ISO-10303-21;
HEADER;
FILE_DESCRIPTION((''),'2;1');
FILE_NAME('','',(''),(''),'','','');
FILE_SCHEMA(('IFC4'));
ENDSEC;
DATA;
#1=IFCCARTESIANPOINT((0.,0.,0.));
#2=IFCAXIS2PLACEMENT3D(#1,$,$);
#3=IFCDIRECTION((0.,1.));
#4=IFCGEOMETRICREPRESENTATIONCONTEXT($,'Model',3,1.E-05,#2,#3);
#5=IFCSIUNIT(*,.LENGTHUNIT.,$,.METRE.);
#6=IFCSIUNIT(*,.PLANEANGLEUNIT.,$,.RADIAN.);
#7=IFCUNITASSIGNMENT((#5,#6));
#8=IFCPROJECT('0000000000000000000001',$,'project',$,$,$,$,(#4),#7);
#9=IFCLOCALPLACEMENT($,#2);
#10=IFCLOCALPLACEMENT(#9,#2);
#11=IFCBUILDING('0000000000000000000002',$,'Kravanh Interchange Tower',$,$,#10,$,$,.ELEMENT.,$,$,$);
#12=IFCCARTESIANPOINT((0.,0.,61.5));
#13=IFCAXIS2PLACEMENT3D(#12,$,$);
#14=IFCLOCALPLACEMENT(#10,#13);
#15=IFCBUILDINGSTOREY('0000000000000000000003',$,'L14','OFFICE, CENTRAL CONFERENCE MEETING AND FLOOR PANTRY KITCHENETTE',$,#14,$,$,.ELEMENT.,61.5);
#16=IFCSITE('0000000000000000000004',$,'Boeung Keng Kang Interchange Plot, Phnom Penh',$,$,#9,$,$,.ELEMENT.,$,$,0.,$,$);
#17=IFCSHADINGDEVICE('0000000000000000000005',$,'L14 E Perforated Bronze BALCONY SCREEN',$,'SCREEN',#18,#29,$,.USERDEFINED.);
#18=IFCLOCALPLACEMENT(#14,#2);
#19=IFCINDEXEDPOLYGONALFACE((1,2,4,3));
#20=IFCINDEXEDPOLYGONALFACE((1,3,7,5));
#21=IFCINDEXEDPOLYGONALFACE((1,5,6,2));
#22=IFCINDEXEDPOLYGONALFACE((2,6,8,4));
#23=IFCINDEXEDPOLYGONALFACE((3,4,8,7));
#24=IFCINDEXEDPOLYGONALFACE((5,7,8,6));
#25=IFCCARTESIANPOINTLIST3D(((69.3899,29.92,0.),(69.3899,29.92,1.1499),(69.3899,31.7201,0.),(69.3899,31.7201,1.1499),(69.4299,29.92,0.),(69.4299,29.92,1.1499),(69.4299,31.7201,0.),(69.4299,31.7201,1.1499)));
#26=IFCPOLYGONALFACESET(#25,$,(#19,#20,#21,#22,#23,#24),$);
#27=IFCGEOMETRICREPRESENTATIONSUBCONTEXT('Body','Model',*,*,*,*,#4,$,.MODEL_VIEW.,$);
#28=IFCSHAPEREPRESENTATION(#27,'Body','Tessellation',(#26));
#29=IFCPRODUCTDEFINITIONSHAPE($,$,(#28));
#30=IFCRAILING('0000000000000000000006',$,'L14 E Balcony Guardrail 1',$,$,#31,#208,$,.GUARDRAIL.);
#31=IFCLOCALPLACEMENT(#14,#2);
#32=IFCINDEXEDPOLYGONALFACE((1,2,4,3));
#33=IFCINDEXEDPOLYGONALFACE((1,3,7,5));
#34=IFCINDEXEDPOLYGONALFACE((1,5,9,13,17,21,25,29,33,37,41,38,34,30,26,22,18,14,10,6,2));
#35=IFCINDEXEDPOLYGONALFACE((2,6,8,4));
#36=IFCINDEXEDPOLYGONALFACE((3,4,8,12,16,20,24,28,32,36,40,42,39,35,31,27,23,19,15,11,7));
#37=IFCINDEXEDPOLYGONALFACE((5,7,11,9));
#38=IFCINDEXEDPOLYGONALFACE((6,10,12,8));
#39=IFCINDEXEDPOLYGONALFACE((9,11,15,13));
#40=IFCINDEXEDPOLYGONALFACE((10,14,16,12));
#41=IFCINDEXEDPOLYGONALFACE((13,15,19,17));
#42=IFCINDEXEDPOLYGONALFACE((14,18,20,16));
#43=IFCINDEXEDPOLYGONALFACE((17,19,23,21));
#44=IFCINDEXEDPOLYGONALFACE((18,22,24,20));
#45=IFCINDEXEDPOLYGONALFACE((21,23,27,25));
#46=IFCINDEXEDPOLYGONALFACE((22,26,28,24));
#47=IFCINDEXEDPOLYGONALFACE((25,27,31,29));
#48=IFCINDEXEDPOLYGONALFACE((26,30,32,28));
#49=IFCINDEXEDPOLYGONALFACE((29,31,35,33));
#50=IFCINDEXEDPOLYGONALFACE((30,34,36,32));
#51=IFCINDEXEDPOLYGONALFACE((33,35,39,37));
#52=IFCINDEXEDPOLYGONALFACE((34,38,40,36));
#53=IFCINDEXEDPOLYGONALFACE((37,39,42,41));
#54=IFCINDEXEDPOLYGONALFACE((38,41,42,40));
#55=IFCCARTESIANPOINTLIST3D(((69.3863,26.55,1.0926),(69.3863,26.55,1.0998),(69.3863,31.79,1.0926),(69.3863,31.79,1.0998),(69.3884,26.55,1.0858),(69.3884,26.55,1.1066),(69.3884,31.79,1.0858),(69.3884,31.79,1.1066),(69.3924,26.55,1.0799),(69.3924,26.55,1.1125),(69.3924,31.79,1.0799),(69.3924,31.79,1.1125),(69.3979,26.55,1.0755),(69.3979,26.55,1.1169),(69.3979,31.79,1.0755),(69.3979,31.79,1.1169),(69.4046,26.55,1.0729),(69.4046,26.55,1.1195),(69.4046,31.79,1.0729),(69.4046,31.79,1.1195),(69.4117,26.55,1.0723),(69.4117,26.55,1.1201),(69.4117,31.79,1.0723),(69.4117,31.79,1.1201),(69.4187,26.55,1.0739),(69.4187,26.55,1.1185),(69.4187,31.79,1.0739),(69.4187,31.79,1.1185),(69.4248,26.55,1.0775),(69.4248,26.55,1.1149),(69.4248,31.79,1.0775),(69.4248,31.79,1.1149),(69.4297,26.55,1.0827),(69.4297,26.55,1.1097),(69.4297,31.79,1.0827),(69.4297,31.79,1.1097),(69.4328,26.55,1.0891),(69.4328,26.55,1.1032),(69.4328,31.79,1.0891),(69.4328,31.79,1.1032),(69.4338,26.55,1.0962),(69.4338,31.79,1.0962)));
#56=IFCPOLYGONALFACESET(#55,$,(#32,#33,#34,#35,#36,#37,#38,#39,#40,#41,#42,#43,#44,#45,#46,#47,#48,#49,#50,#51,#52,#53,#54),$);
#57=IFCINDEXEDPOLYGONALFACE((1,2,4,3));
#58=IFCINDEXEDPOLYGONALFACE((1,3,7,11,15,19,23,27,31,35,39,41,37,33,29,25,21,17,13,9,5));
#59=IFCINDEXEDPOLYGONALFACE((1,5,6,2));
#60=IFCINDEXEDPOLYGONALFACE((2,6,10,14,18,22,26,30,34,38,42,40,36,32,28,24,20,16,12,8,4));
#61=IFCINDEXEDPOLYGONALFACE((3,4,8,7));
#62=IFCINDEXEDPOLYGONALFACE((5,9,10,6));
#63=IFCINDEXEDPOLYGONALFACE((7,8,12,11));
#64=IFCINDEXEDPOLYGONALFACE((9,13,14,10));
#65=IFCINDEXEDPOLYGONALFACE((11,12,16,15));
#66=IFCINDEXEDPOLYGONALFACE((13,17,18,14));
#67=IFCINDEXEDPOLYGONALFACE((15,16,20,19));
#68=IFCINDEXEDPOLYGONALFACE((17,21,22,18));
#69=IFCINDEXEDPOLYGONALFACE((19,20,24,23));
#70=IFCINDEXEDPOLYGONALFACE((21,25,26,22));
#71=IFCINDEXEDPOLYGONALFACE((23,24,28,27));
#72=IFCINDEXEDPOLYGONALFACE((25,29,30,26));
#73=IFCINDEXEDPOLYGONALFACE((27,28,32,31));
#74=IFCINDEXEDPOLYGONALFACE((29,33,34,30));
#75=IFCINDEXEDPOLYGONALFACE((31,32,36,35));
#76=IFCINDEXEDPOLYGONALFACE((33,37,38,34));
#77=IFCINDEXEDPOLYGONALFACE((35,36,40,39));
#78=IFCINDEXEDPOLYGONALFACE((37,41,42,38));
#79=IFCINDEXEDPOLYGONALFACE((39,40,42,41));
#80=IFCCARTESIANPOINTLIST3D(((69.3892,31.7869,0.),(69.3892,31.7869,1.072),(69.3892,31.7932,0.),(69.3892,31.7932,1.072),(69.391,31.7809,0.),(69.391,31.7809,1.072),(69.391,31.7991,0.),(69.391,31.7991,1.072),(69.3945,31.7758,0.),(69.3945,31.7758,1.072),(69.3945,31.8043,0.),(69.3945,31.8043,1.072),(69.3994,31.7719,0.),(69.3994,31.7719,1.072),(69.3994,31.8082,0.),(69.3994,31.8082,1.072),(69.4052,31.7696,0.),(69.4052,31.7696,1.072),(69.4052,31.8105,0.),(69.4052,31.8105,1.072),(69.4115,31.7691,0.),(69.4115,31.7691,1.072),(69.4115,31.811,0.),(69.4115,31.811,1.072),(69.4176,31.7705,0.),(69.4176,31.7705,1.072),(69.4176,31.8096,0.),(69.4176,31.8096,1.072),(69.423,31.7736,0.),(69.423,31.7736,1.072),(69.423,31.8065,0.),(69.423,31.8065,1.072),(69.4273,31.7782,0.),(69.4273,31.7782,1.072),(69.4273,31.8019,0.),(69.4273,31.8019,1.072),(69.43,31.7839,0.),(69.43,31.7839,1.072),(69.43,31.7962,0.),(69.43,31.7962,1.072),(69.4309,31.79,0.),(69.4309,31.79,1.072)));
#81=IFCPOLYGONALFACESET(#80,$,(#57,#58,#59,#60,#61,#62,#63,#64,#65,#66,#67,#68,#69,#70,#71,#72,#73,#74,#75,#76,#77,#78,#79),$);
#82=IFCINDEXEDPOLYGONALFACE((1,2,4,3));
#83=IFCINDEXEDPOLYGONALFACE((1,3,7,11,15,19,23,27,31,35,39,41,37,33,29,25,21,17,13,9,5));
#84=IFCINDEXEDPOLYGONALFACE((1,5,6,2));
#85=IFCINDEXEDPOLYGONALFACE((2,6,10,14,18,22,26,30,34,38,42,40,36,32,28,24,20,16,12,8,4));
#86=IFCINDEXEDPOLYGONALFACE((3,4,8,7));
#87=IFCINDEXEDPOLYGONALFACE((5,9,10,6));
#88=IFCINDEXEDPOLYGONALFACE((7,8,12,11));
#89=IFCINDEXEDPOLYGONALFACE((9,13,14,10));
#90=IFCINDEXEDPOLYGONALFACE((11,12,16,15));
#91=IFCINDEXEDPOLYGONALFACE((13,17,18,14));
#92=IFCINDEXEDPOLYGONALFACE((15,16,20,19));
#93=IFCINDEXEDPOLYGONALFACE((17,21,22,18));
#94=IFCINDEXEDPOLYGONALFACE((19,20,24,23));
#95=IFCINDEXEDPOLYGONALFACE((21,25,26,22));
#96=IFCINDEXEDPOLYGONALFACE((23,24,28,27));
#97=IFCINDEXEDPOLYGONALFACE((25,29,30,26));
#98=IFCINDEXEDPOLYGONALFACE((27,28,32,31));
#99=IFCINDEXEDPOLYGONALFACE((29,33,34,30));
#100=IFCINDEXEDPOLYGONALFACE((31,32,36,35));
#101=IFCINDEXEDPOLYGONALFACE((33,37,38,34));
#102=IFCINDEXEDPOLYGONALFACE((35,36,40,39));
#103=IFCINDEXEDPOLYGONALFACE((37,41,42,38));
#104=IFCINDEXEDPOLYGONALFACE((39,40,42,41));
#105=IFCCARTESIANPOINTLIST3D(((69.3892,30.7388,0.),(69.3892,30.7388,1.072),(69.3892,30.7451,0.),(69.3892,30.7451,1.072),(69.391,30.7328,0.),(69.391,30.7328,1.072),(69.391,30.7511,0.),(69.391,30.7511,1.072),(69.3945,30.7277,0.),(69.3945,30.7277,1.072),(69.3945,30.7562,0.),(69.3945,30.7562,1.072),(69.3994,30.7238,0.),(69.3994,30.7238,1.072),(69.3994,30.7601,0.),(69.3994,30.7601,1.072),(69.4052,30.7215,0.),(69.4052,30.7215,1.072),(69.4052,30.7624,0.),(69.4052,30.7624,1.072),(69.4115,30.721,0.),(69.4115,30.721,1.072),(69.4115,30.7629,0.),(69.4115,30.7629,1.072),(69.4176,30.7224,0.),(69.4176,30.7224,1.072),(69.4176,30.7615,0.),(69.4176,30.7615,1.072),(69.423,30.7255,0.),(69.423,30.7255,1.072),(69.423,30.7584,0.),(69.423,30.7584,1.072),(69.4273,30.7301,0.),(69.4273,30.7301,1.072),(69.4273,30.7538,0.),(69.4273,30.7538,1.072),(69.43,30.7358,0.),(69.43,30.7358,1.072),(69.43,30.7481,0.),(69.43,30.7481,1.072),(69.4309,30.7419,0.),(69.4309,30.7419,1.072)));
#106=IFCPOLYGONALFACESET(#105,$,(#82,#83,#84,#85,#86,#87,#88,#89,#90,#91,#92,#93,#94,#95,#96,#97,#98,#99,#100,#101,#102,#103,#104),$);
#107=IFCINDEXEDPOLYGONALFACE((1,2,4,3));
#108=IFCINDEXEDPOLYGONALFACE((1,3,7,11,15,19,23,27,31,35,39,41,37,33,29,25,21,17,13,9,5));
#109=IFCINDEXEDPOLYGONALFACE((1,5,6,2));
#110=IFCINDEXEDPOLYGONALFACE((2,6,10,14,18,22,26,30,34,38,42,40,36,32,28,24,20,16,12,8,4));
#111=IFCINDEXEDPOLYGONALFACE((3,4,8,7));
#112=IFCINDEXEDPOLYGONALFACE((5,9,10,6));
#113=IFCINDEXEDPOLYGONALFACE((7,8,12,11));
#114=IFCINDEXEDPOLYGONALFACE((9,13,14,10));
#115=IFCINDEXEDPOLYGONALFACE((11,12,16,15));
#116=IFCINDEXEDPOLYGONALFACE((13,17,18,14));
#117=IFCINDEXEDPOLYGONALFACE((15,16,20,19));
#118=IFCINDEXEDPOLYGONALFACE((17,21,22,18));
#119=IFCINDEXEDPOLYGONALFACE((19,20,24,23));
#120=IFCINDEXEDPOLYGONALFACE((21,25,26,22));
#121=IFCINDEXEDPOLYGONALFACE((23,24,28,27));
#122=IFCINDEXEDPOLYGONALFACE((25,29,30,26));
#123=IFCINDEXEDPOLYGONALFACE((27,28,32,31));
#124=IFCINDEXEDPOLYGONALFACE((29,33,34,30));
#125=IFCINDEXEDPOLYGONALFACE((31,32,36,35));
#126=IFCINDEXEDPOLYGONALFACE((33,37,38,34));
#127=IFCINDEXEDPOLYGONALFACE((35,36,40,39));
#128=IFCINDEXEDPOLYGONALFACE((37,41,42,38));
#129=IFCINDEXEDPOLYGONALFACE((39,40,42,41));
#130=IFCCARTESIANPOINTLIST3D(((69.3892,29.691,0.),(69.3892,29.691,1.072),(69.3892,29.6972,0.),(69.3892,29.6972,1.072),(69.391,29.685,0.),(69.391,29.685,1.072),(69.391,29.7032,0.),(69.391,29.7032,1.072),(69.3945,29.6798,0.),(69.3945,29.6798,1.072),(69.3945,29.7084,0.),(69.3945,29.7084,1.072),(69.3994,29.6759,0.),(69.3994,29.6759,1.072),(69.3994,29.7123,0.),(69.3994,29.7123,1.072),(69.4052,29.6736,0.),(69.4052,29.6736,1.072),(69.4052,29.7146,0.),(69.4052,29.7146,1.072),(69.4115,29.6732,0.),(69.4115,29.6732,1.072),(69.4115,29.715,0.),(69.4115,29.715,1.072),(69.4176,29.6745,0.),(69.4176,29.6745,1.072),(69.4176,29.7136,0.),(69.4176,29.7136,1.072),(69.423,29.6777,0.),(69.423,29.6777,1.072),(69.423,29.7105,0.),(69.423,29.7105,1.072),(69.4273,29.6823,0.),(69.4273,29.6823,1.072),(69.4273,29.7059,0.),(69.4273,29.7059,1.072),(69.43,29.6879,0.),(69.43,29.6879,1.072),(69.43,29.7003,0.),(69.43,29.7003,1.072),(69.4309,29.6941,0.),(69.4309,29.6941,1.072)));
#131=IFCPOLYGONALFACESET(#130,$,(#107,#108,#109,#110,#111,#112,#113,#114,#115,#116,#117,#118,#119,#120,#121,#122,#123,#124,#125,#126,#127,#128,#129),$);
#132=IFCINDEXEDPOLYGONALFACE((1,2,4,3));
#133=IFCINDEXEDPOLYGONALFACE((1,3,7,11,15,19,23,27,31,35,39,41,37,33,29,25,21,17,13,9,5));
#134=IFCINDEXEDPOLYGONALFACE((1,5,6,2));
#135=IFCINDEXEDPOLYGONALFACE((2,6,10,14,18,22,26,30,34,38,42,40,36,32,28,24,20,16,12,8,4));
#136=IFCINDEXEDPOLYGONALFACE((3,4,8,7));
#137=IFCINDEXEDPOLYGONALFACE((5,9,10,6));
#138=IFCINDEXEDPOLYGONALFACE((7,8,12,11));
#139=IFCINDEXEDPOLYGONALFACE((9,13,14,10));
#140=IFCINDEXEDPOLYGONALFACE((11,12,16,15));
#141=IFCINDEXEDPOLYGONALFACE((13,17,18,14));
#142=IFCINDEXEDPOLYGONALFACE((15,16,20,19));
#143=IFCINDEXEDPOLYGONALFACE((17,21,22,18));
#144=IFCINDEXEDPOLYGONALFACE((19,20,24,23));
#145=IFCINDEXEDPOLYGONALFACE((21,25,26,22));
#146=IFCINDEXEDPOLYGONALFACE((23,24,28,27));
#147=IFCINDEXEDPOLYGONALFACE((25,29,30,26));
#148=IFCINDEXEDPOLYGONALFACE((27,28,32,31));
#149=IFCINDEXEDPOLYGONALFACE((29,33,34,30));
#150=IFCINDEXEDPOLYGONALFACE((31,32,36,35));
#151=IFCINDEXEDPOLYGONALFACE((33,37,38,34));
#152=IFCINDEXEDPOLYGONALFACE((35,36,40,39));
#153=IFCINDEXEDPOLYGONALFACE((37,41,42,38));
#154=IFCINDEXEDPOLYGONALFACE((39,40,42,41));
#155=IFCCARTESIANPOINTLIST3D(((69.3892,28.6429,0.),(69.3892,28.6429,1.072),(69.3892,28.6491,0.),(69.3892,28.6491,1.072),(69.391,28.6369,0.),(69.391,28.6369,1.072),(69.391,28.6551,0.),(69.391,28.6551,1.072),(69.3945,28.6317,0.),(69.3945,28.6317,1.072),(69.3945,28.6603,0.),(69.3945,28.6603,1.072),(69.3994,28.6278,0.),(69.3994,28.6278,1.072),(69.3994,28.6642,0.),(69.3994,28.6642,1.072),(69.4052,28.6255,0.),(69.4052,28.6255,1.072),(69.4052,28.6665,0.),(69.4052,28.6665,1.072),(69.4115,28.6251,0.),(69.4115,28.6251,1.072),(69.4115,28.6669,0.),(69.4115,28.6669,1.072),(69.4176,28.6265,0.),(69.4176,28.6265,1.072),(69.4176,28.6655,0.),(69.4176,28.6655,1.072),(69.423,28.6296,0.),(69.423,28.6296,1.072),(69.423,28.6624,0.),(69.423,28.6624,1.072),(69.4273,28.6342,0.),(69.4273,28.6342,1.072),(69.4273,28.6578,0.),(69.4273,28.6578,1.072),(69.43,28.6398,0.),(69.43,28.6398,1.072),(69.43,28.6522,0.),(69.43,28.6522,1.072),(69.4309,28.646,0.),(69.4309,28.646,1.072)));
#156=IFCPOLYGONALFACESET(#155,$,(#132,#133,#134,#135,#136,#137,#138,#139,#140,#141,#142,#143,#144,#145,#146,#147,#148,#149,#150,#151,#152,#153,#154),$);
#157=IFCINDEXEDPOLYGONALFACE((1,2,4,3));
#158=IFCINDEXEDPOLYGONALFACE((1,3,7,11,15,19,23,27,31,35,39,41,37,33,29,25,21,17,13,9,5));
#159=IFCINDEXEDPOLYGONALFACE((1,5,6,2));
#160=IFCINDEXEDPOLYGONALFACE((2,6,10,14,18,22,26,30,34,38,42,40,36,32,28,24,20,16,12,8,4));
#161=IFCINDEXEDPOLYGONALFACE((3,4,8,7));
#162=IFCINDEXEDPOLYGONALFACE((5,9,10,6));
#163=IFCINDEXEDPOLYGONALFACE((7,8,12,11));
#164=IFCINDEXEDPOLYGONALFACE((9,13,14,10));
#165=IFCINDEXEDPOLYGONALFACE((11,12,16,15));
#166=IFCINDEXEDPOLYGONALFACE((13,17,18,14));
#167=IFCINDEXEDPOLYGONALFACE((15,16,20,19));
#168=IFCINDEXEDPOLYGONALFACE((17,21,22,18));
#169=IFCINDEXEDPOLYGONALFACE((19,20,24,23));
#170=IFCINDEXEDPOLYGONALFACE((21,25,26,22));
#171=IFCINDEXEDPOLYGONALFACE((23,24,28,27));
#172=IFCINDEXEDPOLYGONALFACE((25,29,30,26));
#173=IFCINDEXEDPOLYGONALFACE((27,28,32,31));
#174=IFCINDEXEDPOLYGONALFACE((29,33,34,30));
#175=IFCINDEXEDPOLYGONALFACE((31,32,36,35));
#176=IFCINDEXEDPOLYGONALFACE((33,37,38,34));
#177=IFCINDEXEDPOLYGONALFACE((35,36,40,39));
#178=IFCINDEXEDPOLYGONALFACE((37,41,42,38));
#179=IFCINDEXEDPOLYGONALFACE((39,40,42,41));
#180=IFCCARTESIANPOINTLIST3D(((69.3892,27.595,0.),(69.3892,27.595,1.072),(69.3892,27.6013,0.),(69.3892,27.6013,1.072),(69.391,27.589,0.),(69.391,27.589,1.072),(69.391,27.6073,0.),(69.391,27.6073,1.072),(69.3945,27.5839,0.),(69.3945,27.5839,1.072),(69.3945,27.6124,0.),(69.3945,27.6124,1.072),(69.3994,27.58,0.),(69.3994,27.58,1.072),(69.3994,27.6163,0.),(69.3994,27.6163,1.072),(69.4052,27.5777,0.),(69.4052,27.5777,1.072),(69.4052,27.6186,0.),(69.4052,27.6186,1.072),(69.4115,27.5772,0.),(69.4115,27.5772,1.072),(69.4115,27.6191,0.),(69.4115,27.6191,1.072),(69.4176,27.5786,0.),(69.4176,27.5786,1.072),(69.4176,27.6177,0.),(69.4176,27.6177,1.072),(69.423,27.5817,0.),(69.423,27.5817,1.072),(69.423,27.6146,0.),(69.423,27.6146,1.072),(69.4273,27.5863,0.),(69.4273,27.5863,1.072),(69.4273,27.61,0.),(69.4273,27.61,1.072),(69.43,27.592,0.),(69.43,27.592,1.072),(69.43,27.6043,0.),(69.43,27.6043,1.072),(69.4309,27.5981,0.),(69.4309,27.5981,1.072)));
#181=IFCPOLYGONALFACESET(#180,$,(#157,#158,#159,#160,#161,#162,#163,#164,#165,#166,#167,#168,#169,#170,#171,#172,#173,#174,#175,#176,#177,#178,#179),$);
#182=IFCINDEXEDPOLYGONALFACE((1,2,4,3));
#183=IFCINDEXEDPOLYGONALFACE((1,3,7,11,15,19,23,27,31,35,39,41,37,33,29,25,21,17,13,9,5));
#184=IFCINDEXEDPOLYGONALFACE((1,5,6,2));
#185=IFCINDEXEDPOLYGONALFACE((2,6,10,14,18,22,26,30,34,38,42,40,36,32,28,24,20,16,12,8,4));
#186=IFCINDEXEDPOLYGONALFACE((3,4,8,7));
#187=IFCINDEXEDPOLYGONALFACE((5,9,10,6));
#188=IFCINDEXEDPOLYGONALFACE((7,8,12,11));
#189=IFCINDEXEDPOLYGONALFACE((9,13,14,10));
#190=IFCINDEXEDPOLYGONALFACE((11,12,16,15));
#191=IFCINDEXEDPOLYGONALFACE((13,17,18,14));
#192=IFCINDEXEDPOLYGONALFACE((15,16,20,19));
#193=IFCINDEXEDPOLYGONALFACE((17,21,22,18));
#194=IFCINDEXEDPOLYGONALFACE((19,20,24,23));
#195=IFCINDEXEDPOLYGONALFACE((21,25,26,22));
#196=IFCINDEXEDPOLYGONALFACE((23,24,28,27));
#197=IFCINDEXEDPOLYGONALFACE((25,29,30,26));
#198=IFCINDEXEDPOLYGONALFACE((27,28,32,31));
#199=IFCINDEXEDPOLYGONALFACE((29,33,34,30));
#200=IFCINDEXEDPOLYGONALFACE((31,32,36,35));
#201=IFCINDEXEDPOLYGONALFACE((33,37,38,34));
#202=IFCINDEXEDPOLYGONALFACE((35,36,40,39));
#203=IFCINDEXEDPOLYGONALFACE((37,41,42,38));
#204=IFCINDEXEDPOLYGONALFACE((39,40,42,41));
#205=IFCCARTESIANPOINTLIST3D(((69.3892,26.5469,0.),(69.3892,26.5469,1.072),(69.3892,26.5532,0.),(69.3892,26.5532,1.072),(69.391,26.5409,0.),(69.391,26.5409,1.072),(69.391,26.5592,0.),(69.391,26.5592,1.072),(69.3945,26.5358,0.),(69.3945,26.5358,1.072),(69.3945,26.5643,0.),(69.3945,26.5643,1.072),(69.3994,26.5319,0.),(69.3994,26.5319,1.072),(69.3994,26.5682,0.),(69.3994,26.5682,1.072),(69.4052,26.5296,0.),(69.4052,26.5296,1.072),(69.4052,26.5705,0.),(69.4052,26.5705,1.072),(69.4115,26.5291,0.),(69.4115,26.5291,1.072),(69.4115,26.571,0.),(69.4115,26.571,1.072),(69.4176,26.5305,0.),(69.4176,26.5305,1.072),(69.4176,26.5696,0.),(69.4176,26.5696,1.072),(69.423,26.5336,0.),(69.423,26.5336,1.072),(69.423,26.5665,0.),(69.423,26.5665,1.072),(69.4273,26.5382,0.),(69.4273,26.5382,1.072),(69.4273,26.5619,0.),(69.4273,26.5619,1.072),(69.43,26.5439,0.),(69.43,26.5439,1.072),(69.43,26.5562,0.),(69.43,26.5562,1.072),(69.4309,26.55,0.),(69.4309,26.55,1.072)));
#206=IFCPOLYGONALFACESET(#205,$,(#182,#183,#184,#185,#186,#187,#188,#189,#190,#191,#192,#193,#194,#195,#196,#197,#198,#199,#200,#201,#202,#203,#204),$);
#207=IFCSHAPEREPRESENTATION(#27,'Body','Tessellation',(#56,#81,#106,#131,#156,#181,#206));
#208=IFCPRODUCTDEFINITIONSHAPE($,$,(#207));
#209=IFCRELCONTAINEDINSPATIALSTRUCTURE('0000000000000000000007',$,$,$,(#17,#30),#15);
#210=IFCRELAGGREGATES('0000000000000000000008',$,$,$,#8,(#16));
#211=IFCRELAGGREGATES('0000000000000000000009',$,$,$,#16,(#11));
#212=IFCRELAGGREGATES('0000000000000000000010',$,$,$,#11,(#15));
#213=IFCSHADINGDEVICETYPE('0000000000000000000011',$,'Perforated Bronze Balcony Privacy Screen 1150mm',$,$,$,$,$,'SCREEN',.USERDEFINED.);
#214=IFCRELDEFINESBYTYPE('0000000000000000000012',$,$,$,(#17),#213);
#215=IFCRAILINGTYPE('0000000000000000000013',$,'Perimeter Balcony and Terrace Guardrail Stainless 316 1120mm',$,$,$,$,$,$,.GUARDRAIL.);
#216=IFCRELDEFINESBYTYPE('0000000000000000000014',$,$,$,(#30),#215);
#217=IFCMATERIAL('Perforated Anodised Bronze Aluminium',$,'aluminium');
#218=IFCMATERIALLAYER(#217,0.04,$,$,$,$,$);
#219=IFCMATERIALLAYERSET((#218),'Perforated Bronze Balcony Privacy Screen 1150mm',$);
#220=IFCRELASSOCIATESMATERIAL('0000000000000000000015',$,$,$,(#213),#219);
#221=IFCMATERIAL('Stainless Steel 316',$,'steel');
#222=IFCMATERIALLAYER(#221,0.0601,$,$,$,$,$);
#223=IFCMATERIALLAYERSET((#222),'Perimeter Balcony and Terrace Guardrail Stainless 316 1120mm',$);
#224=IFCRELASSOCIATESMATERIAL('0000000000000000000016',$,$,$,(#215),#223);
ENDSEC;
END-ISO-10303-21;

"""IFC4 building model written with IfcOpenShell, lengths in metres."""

from ifc_helpers import new_model, si_unit, direction, frame, origin, origin_2d, place, context, subcontext, project, spatial, rectangle, circle, extrude, material, layer, layer_set, type_object, element, save


model = new_model("IFC4")

# Units and contexts
model_context = context("Model", 3, precision=1e-05, world=origin(), true_north=direction((0.0, 1.0)))
body_context = subcontext(model_context, "Body", "Model", "MODEL_VIEW")
ifc_project = project(units=[si_unit("LENGTHUNIT", "METRE"), si_unit("PLANEANGLEUNIT", "RADIAN")], contexts=[model_context])

# Site, building, storey
site_placement = place(None, origin())
site = spatial("IfcSite", under=ifc_project, at=site_placement, Name="Boeung Keng Kang Interchange Plot, Phnom Penh", CompositionType="ELEMENT", RefElevation=0.0)
building_placement = place(site_placement, origin())
building = spatial("IfcBuilding", under=site, at=building_placement, Name="Kravanh Interchange Tower", CompositionType="ELEMENT")
storey_placement = place(building_placement, frame((0.0, 0.0, 61.5)))
storey = spatial("IfcBuildingStorey", under=building, at=storey_placement, Name="L14", Description="OFFICE, CENTRAL CONFERENCE MEETING AND FLOOR PANTRY KITCHENETTE", CompositionType="ELEMENT", Elevation=61.5)

# Shading device
ifc_material_1 = material(Name="Perforated Anodised Bronze Aluminium", Category="aluminium")
ifc_layer_1 = layer(ifc_material_1, 0.04)
ifc_layer_set_1 = layer_set([ifc_layer_1], Name="Perforated Bronze Balcony Privacy Screen 1150mm")
shading_device_type = type_object("IfcShadingDeviceType", Name="Perforated Bronze Balcony Privacy Screen 1150mm", ElementType="SCREEN", PredefinedType="USERDEFINED", material=ifc_layer_set_1)
shading_device_placement = place(storey_placement, frame((69.4099, 30.8201, 0.0), z_axis=(0.0, 0.0, 1.0), x_axis=(1.0, 0.0, 0.0)))
element("IfcShadingDevice", 1, at=shading_device_placement, inside=storey, type_object=shading_device_type, Name="L14 E Perforated Bronze BALCONY SCREEN", ObjectType="SCREEN", PredefinedType="USERDEFINED", context=body_context, shape_type="SweptSolid", body=[
    extrude(rectangle(XDim=0.04, YDim=1.8, at=origin_2d()), origin(), (0.0, 0.0, 1.0), 1.1499),
])

# Railing
ifc_material_2 = material(Name="Stainless Steel 316", Category="steel")
ifc_layer_2 = layer(ifc_material_2, 0.0601)
ifc_layer_set_2 = layer_set([ifc_layer_2], Name="Perimeter Balcony and Terrace Guardrail Stainless 316 1120mm")
railing_type = type_object("IfcRailingType", Name="Perimeter Balcony and Terrace Guardrail Stainless 316 1120mm", PredefinedType="GUARDRAIL", material=ifc_layer_set_2)
railing_1_placement = place(storey_placement, frame((69.4099, 31.79, 0.0)))
element("IfcRailing", 2, at=railing_1_placement, inside=storey, type_object=railing_type, Name="L14 E Balcony Guardrail 1", PredefinedType="GUARDRAIL", context=body_context, shape_type="SweptSolid", body=[
    extrude(circle(Radius=0.0239, at=origin_2d()), frame((0.0, 0.0, 1.0962), z_axis=(0.0, -1.0, 0.0), x_axis=(1.0, 0.0, 0.0)), (0.0, 0.0, 1.0), 5.24),
    extrude(circle(Radius=0.021, at=origin_2d()), origin(), (0.0, 0.0, 1.0), 1.072),
    extrude(circle(Radius=0.021, at=origin_2d()), frame((0.0, -1.0481, 0.0)), (0.0, 0.0, 1.0), 1.072),
    extrude(circle(Radius=0.021, at=origin_2d()), frame((0.0, -2.0959, 0.0)), (0.0, 0.0, 1.0), 1.072),
    extrude(circle(Radius=0.021, at=origin_2d()), frame((0.0, -3.144, 0.0)), (0.0, 0.0, 1.0), 1.072),
    extrude(circle(Radius=0.021, at=origin_2d()), frame((0.0, -4.1919, 0.0)), (0.0, 0.0, 1.0), 1.072),
    extrude(circle(Radius=0.021, at=origin_2d()), frame((0.0, -5.24, 0.0)), (0.0, 0.0, 1.0), 1.072),
])

save(model, "model.ifc")
